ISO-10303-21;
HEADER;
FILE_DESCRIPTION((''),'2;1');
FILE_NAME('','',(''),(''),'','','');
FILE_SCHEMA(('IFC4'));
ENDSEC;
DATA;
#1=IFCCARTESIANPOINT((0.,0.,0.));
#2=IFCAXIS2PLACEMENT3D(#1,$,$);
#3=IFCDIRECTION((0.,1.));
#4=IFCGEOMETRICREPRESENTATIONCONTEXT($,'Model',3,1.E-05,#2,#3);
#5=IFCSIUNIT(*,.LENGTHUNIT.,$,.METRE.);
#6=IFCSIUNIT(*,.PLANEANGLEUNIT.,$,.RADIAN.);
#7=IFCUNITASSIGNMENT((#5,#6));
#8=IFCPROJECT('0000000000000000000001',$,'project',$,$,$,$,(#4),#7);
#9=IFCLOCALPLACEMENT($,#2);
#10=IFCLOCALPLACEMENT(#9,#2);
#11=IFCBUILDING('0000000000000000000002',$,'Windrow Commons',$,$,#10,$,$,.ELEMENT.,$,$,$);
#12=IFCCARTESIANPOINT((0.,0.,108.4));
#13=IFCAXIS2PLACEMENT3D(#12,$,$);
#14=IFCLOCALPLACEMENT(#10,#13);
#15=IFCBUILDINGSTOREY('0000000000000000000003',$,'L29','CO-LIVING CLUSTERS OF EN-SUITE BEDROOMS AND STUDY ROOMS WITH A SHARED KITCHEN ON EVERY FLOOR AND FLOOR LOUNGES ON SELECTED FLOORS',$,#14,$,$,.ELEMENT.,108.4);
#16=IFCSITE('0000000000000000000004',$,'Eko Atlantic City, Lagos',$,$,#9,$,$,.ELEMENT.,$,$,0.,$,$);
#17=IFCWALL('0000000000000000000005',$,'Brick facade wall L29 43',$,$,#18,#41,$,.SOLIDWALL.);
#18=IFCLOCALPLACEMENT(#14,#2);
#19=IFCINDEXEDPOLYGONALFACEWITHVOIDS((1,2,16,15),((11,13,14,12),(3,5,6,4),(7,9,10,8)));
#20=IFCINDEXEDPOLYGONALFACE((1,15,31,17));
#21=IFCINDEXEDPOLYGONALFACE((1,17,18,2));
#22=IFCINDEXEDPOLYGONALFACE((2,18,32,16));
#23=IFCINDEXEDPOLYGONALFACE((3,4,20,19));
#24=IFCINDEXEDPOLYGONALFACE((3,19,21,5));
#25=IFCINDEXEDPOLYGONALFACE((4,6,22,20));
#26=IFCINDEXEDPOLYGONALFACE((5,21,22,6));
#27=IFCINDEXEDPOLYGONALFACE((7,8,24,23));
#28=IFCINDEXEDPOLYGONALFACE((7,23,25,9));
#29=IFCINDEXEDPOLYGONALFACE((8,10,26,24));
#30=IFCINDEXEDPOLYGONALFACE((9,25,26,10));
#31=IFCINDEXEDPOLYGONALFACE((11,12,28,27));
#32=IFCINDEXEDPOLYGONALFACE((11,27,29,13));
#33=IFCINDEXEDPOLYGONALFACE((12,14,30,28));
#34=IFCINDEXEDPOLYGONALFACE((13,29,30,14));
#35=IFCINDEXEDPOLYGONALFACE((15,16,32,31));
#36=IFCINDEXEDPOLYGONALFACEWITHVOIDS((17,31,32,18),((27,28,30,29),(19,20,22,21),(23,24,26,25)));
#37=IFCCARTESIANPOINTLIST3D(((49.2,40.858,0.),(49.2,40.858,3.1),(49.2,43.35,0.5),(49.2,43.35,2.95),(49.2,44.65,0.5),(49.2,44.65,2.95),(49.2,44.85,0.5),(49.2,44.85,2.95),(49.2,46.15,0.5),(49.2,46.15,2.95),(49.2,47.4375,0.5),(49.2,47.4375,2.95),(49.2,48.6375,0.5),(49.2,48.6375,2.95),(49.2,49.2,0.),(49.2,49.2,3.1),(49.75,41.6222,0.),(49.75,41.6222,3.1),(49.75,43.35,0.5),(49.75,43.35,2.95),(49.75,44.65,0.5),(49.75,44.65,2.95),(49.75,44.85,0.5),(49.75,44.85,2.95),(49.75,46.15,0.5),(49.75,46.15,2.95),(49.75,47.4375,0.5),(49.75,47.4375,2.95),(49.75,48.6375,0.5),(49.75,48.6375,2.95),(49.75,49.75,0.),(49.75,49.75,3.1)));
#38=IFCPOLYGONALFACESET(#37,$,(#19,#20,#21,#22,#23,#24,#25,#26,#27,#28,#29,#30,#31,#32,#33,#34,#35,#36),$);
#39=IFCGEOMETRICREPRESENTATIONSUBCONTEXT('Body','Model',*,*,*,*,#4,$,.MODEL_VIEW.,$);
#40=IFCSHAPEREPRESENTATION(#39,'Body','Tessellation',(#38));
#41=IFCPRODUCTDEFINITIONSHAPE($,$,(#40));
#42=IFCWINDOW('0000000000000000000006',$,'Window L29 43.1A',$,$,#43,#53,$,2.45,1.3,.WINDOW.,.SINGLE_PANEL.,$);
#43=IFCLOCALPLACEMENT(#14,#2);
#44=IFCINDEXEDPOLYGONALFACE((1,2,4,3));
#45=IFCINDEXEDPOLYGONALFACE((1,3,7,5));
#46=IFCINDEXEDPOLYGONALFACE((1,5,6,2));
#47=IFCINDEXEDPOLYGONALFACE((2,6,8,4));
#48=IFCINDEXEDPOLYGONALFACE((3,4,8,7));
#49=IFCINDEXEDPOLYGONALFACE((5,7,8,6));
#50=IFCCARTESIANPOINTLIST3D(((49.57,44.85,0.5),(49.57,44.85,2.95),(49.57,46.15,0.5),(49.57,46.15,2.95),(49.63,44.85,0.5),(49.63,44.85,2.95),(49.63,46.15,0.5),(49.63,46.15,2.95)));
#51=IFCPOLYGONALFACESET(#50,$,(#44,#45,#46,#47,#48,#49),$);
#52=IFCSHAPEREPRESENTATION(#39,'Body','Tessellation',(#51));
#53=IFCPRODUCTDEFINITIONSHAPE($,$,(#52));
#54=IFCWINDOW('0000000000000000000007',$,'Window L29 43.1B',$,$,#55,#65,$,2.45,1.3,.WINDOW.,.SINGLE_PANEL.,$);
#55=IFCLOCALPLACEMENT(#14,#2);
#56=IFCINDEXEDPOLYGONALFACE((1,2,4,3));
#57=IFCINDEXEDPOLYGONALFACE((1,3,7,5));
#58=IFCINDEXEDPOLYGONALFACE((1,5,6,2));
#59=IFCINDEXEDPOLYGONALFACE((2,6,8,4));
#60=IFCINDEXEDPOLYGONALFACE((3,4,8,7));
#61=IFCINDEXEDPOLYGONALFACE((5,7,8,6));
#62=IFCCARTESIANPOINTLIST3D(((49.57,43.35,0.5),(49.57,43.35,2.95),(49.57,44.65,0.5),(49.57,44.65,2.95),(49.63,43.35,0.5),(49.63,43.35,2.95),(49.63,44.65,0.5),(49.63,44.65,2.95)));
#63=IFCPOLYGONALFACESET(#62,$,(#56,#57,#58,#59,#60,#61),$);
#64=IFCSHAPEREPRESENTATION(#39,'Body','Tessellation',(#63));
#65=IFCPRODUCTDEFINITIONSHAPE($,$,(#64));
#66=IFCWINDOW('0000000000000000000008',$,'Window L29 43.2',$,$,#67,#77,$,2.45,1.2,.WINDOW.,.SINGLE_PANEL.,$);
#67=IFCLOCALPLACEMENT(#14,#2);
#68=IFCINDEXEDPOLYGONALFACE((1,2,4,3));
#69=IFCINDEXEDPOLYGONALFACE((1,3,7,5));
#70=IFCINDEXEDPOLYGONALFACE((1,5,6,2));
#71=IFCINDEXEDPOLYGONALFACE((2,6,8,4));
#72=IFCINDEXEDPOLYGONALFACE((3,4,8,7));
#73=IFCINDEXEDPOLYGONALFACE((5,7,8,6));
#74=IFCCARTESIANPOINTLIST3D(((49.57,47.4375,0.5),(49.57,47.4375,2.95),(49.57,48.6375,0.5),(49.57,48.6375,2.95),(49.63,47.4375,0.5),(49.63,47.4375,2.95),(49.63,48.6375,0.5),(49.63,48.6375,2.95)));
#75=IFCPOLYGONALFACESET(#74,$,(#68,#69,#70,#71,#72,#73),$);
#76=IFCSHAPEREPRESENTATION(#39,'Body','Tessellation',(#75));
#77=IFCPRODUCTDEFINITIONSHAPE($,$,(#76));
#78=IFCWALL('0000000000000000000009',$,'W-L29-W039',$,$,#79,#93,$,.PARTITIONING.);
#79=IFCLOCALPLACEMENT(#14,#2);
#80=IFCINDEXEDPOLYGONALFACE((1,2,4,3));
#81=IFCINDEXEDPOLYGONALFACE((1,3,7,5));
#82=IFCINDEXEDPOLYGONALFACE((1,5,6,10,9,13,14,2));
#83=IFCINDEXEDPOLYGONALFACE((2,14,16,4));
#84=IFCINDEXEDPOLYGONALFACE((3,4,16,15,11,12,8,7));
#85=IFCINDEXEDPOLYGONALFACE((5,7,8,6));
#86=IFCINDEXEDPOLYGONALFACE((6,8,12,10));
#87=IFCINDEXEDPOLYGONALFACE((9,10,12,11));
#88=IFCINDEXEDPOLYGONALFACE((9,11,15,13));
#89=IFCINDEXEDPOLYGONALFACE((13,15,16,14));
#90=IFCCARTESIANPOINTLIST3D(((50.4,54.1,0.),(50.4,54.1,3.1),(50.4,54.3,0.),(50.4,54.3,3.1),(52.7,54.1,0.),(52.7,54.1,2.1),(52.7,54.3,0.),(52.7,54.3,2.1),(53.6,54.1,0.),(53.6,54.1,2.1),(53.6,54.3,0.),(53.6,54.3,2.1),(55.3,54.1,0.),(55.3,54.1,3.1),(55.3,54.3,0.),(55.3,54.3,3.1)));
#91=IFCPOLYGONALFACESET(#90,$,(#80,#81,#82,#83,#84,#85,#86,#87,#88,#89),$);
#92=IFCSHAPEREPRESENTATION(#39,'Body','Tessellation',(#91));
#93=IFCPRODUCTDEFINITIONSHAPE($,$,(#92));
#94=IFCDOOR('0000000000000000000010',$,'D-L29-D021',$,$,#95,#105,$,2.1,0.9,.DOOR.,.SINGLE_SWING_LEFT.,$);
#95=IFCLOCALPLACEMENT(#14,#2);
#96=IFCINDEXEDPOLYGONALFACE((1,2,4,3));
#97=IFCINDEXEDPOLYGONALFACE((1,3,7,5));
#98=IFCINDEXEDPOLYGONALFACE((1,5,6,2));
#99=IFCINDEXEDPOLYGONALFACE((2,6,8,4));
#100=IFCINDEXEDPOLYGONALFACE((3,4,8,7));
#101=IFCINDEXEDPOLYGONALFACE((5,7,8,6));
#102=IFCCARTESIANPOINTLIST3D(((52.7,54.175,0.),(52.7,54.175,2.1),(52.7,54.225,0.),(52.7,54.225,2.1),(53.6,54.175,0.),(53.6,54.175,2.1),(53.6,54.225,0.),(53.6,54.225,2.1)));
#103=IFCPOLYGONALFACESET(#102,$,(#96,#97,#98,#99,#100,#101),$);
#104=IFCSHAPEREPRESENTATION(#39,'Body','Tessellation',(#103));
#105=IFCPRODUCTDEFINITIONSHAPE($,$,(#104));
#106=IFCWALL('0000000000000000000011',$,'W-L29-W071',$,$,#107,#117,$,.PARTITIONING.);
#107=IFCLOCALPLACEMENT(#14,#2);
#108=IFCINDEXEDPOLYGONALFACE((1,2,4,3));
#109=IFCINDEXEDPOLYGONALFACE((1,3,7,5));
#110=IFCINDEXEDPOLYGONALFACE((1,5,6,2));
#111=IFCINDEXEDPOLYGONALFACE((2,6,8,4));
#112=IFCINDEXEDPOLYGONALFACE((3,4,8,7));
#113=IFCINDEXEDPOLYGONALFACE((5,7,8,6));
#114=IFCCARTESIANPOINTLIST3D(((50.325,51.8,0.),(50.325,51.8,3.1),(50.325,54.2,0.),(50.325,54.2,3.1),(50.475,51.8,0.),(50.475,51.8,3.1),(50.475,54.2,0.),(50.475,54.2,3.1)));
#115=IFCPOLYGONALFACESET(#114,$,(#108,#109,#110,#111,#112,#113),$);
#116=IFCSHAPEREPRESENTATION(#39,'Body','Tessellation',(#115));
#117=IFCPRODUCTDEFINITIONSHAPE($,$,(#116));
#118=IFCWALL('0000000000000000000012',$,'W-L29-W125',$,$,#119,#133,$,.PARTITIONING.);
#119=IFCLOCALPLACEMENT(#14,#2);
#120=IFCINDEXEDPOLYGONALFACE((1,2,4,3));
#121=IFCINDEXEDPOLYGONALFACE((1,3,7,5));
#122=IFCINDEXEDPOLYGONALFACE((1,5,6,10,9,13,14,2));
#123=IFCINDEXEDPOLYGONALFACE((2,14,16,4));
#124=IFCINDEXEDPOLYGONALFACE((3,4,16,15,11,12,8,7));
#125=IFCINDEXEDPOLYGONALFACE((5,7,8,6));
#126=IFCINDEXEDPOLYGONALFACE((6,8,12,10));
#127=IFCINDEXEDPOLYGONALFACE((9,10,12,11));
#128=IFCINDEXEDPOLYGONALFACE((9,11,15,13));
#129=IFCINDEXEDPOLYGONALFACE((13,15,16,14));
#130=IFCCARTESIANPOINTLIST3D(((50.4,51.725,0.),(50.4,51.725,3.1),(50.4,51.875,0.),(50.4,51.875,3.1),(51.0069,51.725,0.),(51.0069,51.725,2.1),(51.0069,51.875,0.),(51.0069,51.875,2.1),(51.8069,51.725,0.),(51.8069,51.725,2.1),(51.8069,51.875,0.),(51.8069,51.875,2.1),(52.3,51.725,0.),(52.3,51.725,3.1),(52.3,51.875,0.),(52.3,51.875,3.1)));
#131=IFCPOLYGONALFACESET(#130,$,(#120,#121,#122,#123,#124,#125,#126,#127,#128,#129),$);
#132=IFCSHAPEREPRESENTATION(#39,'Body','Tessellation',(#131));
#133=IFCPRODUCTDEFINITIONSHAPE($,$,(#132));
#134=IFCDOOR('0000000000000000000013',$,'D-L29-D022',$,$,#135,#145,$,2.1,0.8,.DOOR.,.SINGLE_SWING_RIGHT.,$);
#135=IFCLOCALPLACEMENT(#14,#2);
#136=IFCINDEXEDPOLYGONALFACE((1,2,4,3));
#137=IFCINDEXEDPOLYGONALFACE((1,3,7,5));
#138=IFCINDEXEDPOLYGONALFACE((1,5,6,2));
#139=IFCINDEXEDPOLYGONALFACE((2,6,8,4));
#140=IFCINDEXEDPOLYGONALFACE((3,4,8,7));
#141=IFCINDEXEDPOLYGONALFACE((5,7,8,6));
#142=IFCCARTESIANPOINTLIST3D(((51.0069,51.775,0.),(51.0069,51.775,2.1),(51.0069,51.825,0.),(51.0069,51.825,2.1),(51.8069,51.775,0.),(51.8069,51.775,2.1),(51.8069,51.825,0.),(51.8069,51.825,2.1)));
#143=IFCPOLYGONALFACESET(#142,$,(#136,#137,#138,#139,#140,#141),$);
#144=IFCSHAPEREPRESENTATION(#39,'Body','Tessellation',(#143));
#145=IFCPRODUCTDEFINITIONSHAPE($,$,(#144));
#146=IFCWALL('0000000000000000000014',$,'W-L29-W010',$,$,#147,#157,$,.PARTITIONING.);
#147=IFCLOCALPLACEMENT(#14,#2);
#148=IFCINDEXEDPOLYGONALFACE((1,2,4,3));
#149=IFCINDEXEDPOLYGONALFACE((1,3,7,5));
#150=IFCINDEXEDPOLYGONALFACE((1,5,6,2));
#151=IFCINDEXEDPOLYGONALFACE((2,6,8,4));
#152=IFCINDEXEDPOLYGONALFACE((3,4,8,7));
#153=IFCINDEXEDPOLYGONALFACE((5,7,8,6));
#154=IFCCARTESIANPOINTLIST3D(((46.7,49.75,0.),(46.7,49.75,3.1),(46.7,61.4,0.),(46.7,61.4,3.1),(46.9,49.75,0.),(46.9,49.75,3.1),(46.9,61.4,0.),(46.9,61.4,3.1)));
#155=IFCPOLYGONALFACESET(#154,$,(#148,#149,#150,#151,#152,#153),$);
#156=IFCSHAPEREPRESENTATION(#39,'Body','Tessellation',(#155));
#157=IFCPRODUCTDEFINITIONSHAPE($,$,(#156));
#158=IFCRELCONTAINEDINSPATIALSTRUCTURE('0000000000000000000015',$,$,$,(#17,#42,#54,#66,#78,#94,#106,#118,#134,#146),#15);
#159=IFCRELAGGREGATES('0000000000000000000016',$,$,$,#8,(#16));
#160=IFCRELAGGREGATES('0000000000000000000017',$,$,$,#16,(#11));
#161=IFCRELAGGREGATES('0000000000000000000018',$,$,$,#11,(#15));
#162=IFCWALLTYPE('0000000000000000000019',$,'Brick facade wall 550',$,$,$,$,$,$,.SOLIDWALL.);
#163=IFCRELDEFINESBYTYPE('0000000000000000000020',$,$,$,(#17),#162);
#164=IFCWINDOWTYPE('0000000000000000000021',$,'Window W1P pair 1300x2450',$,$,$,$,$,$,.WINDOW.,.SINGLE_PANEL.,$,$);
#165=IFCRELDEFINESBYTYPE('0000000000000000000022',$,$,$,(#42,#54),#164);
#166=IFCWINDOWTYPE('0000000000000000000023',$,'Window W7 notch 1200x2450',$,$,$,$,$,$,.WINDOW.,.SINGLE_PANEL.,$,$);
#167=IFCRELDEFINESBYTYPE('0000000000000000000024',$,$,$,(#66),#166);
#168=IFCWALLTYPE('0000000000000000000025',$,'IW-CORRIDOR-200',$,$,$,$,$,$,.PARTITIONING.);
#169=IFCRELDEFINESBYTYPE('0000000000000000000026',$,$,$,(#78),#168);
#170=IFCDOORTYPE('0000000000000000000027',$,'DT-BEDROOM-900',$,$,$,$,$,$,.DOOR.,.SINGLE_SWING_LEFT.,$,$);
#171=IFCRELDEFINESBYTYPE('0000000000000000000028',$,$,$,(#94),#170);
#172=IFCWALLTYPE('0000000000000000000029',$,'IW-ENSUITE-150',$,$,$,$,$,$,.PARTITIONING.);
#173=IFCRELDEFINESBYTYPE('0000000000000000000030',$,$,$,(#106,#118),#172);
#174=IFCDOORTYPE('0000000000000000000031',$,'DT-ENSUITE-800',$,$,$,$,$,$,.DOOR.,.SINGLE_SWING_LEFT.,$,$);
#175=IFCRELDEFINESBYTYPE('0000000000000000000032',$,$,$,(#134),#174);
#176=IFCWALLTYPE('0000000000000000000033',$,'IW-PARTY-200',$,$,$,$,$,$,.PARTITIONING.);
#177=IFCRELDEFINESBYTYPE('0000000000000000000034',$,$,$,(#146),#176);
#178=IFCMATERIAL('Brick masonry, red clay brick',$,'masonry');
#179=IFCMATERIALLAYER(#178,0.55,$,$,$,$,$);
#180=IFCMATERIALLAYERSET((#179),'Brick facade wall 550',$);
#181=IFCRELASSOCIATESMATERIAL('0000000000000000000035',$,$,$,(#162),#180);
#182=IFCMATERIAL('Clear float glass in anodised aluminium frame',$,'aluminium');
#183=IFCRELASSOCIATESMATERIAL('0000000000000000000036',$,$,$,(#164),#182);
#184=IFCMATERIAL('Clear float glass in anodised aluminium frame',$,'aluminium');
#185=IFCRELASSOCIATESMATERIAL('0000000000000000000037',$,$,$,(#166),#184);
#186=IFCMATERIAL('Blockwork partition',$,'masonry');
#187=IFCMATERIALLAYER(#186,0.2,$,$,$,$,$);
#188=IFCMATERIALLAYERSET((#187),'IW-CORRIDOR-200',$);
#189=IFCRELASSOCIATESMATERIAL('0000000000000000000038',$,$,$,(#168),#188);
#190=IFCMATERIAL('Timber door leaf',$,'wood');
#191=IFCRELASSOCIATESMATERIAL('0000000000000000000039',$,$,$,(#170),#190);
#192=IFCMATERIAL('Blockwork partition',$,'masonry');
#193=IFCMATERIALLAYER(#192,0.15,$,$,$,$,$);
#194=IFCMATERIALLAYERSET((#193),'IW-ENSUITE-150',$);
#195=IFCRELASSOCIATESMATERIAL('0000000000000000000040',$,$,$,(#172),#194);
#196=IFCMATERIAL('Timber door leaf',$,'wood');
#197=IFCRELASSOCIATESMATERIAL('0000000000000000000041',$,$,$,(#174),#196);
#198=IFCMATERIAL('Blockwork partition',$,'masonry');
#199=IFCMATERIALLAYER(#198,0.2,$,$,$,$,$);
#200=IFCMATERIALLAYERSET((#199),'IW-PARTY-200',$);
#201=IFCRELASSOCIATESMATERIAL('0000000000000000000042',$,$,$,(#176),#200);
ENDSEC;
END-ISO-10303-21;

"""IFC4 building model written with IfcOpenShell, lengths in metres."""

from ifc_helpers import new_model, si_unit, direction, frame, frame_2d, origin, place, context, subcontext, project, spatial, polyline, rectangle, outline, extrude, material, layer, layer_set, type_object, element, fill, save


model = new_model("IFC4")

# Units and contexts
model_context = context("Model", 3, precision=1e-05, world=origin(), true_north=direction((0.0, 1.0)))
body_context = subcontext(model_context, "Body", "Model", "MODEL_VIEW")
ifc_project = project(units=[si_unit("LENGTHUNIT", "METRE"), si_unit("PLANEANGLEUNIT", "RADIAN")], contexts=[model_context])

# Site, building, storey
site_placement = place(None, origin())
site = spatial("IfcSite", under=ifc_project, at=site_placement, Name="Eko Atlantic City, Lagos", CompositionType="ELEMENT", RefElevation=0.0)
building_placement = place(site_placement, origin())
building = spatial("IfcBuilding", under=site, at=building_placement, Name="Windrow Commons", CompositionType="ELEMENT")
storey_placement = place(building_placement, frame((0.0, 0.0, 108.4)))
storey = spatial("IfcBuildingStorey", under=building, at=storey_placement, Name="L29", Description="CO-LIVING CLUSTERS OF EN-SUITE BEDROOMS AND STUDY ROOMS WITH A SHARED KITCHEN ON EVERY FLOOR AND FLOOR LOUNGES ON SELECTED FLOORS", CompositionType="ELEMENT", Elevation=108.4)

# Wall, openings, windows
ifc_material_1 = material(Name="Brick masonry, red clay brick", Category="masonry")
ifc_layer_1 = layer(ifc_material_1, 0.55)
ifc_layer_set_1 = layer_set([ifc_layer_1], Name="Brick facade wall 550")
wall_type_1 = type_object("IfcWallType", Name="Brick facade wall 550", PredefinedType="SOLIDWALL", material=ifc_layer_set_1)
ifc_material_2 = material(Name="Clear float glass in anodised aluminium frame", Category="aluminium")
window_type_1 = type_object("IfcWindowType", Name="Window W1P pair 1300x2450", PartitioningType="SINGLE_PANEL", PredefinedType="WINDOW", material=ifc_material_2)
ifc_material_3 = material(Name="Clear float glass in anodised aluminium frame", Category="aluminium")
window_type_2 = type_object("IfcWindowType", Name="Window W7 notch 1200x2450", PartitioningType="SINGLE_PANEL", PredefinedType="WINDOW", material=ifc_material_3)
wall_1_placement = place(storey_placement, frame((49.475, 49.475, 0.0), z_axis=(0.0, 0.0, 1.0), x_axis=(0.0, -1.0, 0.0)))
wall_1 = element("IfcWall", 1, at=wall_1_placement, inside=storey, type_object=wall_type_1, Name="Brick facade wall L29 43", PredefinedType="SOLIDWALL", context=body_context, shape_type="SweptSolid", body=[
    extrude(outline(polyline([(0.275, -0.275), (8.617, -0.275), (7.8528, 0.275), (-0.275, 0.275), (0.275, -0.275)])), origin(), (0.0, 0.0, 1.0), 3.1),
])
opening_1_placement = place(wall_1_placement, frame((3.325, 0.0, 0.5)))
opening_1 = element("IfcOpeningElement", 2, at=opening_1_placement, cuts=wall_1, PredefinedType="OPENING", context=body_context, shape_type="SweptSolid", body=[
    extrude(rectangle(XDim=1.3, YDim=2.45, at=frame_2d((0.65, 1.225))), frame((0.0, 0.285, 0.0), z_axis=(0.0, -1.0, 0.0), x_axis=(1.0, 0.0, 0.0)), (0.0, 0.0, 1.0), 0.57),
])
opening_2_placement = place(wall_1_placement, frame((4.825, 0.0, 0.5)))
opening_2 = element("IfcOpeningElement", 3, at=opening_2_placement, cuts=wall_1, PredefinedType="OPENING", context=body_context, shape_type="SweptSolid", body=[
    extrude(rectangle(XDim=1.3, YDim=2.45, at=frame_2d((0.65, 1.225))), frame((0.0, 0.285, 0.0), z_axis=(0.0, -1.0, 0.0), x_axis=(1.0, 0.0, 0.0)), (0.0, 0.0, 1.0), 0.57),
])
opening_3_placement = place(wall_1_placement, frame((0.8375, 0.0, 0.5)))
opening_3 = element("IfcOpeningElement", 4, at=opening_3_placement, cuts=wall_1, PredefinedType="OPENING", context=body_context, shape_type="SweptSolid", body=[
    extrude(rectangle(XDim=1.2, YDim=2.45, at=frame_2d((0.6, 1.225))), frame((0.0, 0.285, 0.0), z_axis=(0.0, -1.0, 0.0), x_axis=(1.0, 0.0, 0.0)), (0.0, 0.0, 1.0), 0.57),
])
window_1_placement = place(opening_1_placement, origin())
window_1 = element("IfcWindow", 5, at=window_1_placement, inside=storey, type_object=window_type_1, Name="Window L29 43.1A", OverallHeight=2.45, OverallWidth=1.3, PartitioningType="SINGLE_PANEL", PredefinedType="WINDOW", context=body_context, shape_type="SweptSolid", body=[
    extrude(rectangle(XDim=1.3, YDim=2.45, at=frame_2d((0.65, 1.225))), frame((0.0, 0.155, 0.0), z_axis=(0.0, -1.0, 0.0), x_axis=(1.0, 0.0, 0.0)), (0.0, 0.0, 1.0), 0.06),
])
fill(opening_1, window_1)
window_2_placement = place(opening_2_placement, origin())
window_2 = element("IfcWindow", 6, at=window_2_placement, inside=storey, type_object=window_type_1, Name="Window L29 43.1B", OverallHeight=2.45, OverallWidth=1.3, PartitioningType="SINGLE_PANEL", PredefinedType="WINDOW", context=body_context, shape_type="SweptSolid", body=[
    extrude(rectangle(XDim=1.3, YDim=2.45, at=frame_2d((0.65, 1.225))), frame((0.0, 0.155, 0.0), z_axis=(0.0, -1.0, 0.0), x_axis=(1.0, 0.0, 0.0)), (0.0, 0.0, 1.0), 0.06),
])
fill(opening_2, window_2)
window_3_placement = place(opening_3_placement, origin())
window_3 = element("IfcWindow", 7, at=window_3_placement, inside=storey, type_object=window_type_2, Name="Window L29 43.2", OverallHeight=2.45, OverallWidth=1.2, PartitioningType="SINGLE_PANEL", PredefinedType="WINDOW", context=body_context, shape_type="SweptSolid", body=[
    extrude(rectangle(XDim=1.2, YDim=2.45, at=frame_2d((0.6, 1.225))), frame((0.0, 0.155, 0.0), z_axis=(0.0, -1.0, 0.0), x_axis=(1.0, 0.0, 0.0)), (0.0, 0.0, 1.0), 0.06),
])
fill(opening_3, window_3)

# Wall, opening, door
ifc_material_4 = material(Name="Blockwork partition", Category="masonry")
ifc_layer_2 = layer(ifc_material_4, 0.2)
ifc_layer_set_2 = layer_set([ifc_layer_2], Name="IW-CORRIDOR-200")
wall_type_2 = type_object("IfcWallType", Name="IW-CORRIDOR-200", PredefinedType="PARTITIONING", material=ifc_layer_set_2)
wall_2_placement = place(storey_placement, frame((50.4, 54.2, 0.0), z_axis=(0.0, 0.0, 1.0), x_axis=(1.0, 0.0, 0.0)))
wall_2 = element("IfcWall", 8, at=wall_2_placement, inside=storey, type_object=wall_type_2, Name="W-L29-W039", PredefinedType="PARTITIONING", context=body_context, shape_type="SweptSolid", body=[
    extrude(rectangle(XDim=4.9, YDim=0.2, at=frame_2d((2.45, 0.0))), origin(), (0.0, 0.0, 1.0), 3.1),
])
opening_4_placement = place(wall_2_placement, frame((2.3, 0.0, 0.0)))
opening_4 = element("IfcOpeningElement", 9, at=opening_4_placement, cuts=wall_2, PredefinedType="OPENING", context=body_context, shape_type="SweptSolid", body=[
    extrude(rectangle(XDim=0.9, YDim=2.1, at=frame_2d((0.45, 1.05))), frame((0.0, 0.11, 0.0), z_axis=(0.0, -1.0, 0.0), x_axis=(1.0, 0.0, 0.0)), (0.0, 0.0, 1.0), 0.22),
])
ifc_material_5 = material(Name="Timber door leaf", Category="wood")
door_type_1 = type_object("IfcDoorType", Name="DT-BEDROOM-900", OperationType="SINGLE_SWING_LEFT", PredefinedType="DOOR", material=ifc_material_5)
door_1_placement = place(opening_4_placement, origin())
door_1 = element("IfcDoor", 10, at=door_1_placement, inside=storey, type_object=door_type_1, Name="D-L29-D021", OperationType="SINGLE_SWING_LEFT", OverallHeight=2.1, OverallWidth=0.9, PredefinedType="DOOR", context=body_context, shape_type="SweptSolid", body=[
    extrude(rectangle(XDim=0.9, YDim=2.1, at=frame_2d((0.45, 1.05))), frame((0.0, 0.025, 0.0), z_axis=(0.0, -1.0, 0.0), x_axis=(1.0, 0.0, 0.0)), (0.0, 0.0, 1.0), 0.05),
])
fill(opening_4, door_1)

# Wall
ifc_material_6 = material(Name="Blockwork partition", Category="masonry")
ifc_layer_3 = layer(ifc_material_6, 0.15)
ifc_layer_set_3 = layer_set([ifc_layer_3], Name="IW-ENSUITE-150")
wall_type_3 = type_object("IfcWallType", Name="IW-ENSUITE-150", PredefinedType="PARTITIONING", material=ifc_layer_set_3)
wall_3_placement = place(storey_placement, frame((50.4, 51.8, 0.0), z_axis=(0.0, 0.0, 1.0), x_axis=(0.0, 1.0, 0.0)))
element("IfcWall", 11, at=wall_3_placement, inside=storey, type_object=wall_type_3, Name="W-L29-W071", PredefinedType="PARTITIONING", context=body_context, shape_type="SweptSolid", body=[
    extrude(rectangle(XDim=2.4, YDim=0.15, at=frame_2d((1.2, 0.0))), origin(), (0.0, 0.0, 1.0), 3.1),
])

# Wall, opening, door
wall_4_placement = place(storey_placement, frame((50.4, 51.8, 0.0), z_axis=(0.0, 0.0, 1.0), x_axis=(1.0, 0.0, 0.0)))
wall_4 = element("IfcWall", 12, at=wall_4_placement, inside=storey, type_object=wall_type_3, Name="W-L29-W125", PredefinedType="PARTITIONING", context=body_context, shape_type="SweptSolid", body=[
    extrude(rectangle(XDim=1.9, YDim=0.15, at=frame_2d((0.95, 0.0))), origin(), (0.0, 0.0, 1.0), 3.1),
])
opening_5_placement = place(wall_4_placement, frame((0.6069, 0.0, 0.0)))
opening_5 = element("IfcOpeningElement", 13, at=opening_5_placement, cuts=wall_4, PredefinedType="OPENING", context=body_context, shape_type="SweptSolid", body=[
    extrude(rectangle(XDim=0.8, YDim=2.1, at=frame_2d((0.4, 1.05))), frame((0.0, 0.085, 0.0), z_axis=(0.0, -1.0, 0.0), x_axis=(1.0, 0.0, 0.0)), (0.0, 0.0, 1.0), 0.17),
])
ifc_material_7 = material(Name="Timber door leaf", Category="wood")
door_type_2 = type_object("IfcDoorType", Name="DT-ENSUITE-800", OperationType="SINGLE_SWING_LEFT", PredefinedType="DOOR", material=ifc_material_7)
door_2_placement = place(opening_5_placement, origin())
door_2 = element("IfcDoor", 14, at=door_2_placement, inside=storey, type_object=door_type_2, Name="D-L29-D022", OperationType="SINGLE_SWING_RIGHT", OverallHeight=2.1, OverallWidth=0.8, PredefinedType="DOOR", context=body_context, shape_type="SweptSolid", body=[
    extrude(rectangle(XDim=0.8, YDim=2.1, at=frame_2d((0.4, 1.05))), frame((0.0, 0.025, 0.0), z_axis=(0.0, -1.0, 0.0), x_axis=(1.0, 0.0, 0.0)), (0.0, 0.0, 1.0), 0.05),
])
fill(opening_5, door_2)

# Wall
ifc_material_8 = material(Name="Blockwork partition", Category="masonry")
ifc_layer_4 = layer(ifc_material_8, 0.2)
ifc_layer_set_4 = layer_set([ifc_layer_4], Name="IW-PARTY-200")
wall_type_4 = type_object("IfcWallType", Name="IW-PARTY-200", PredefinedType="PARTITIONING", material=ifc_layer_set_4)
wall_5_placement = place(storey_placement, frame((46.8, 49.75, 0.0), z_axis=(0.0, 0.0, 1.0), x_axis=(0.0, 1.0, 0.0)))
element("IfcWall", 15, at=wall_5_placement, inside=storey, type_object=wall_type_4, Name="W-L29-W010", PredefinedType="PARTITIONING", context=body_context, shape_type="SweptSolid", body=[
    extrude(rectangle(XDim=11.65, YDim=0.2, at=frame_2d((5.825, 0.0))), origin(), (0.0, 0.0, 1.0), 3.1),
])

save(model, "model.ifc")
